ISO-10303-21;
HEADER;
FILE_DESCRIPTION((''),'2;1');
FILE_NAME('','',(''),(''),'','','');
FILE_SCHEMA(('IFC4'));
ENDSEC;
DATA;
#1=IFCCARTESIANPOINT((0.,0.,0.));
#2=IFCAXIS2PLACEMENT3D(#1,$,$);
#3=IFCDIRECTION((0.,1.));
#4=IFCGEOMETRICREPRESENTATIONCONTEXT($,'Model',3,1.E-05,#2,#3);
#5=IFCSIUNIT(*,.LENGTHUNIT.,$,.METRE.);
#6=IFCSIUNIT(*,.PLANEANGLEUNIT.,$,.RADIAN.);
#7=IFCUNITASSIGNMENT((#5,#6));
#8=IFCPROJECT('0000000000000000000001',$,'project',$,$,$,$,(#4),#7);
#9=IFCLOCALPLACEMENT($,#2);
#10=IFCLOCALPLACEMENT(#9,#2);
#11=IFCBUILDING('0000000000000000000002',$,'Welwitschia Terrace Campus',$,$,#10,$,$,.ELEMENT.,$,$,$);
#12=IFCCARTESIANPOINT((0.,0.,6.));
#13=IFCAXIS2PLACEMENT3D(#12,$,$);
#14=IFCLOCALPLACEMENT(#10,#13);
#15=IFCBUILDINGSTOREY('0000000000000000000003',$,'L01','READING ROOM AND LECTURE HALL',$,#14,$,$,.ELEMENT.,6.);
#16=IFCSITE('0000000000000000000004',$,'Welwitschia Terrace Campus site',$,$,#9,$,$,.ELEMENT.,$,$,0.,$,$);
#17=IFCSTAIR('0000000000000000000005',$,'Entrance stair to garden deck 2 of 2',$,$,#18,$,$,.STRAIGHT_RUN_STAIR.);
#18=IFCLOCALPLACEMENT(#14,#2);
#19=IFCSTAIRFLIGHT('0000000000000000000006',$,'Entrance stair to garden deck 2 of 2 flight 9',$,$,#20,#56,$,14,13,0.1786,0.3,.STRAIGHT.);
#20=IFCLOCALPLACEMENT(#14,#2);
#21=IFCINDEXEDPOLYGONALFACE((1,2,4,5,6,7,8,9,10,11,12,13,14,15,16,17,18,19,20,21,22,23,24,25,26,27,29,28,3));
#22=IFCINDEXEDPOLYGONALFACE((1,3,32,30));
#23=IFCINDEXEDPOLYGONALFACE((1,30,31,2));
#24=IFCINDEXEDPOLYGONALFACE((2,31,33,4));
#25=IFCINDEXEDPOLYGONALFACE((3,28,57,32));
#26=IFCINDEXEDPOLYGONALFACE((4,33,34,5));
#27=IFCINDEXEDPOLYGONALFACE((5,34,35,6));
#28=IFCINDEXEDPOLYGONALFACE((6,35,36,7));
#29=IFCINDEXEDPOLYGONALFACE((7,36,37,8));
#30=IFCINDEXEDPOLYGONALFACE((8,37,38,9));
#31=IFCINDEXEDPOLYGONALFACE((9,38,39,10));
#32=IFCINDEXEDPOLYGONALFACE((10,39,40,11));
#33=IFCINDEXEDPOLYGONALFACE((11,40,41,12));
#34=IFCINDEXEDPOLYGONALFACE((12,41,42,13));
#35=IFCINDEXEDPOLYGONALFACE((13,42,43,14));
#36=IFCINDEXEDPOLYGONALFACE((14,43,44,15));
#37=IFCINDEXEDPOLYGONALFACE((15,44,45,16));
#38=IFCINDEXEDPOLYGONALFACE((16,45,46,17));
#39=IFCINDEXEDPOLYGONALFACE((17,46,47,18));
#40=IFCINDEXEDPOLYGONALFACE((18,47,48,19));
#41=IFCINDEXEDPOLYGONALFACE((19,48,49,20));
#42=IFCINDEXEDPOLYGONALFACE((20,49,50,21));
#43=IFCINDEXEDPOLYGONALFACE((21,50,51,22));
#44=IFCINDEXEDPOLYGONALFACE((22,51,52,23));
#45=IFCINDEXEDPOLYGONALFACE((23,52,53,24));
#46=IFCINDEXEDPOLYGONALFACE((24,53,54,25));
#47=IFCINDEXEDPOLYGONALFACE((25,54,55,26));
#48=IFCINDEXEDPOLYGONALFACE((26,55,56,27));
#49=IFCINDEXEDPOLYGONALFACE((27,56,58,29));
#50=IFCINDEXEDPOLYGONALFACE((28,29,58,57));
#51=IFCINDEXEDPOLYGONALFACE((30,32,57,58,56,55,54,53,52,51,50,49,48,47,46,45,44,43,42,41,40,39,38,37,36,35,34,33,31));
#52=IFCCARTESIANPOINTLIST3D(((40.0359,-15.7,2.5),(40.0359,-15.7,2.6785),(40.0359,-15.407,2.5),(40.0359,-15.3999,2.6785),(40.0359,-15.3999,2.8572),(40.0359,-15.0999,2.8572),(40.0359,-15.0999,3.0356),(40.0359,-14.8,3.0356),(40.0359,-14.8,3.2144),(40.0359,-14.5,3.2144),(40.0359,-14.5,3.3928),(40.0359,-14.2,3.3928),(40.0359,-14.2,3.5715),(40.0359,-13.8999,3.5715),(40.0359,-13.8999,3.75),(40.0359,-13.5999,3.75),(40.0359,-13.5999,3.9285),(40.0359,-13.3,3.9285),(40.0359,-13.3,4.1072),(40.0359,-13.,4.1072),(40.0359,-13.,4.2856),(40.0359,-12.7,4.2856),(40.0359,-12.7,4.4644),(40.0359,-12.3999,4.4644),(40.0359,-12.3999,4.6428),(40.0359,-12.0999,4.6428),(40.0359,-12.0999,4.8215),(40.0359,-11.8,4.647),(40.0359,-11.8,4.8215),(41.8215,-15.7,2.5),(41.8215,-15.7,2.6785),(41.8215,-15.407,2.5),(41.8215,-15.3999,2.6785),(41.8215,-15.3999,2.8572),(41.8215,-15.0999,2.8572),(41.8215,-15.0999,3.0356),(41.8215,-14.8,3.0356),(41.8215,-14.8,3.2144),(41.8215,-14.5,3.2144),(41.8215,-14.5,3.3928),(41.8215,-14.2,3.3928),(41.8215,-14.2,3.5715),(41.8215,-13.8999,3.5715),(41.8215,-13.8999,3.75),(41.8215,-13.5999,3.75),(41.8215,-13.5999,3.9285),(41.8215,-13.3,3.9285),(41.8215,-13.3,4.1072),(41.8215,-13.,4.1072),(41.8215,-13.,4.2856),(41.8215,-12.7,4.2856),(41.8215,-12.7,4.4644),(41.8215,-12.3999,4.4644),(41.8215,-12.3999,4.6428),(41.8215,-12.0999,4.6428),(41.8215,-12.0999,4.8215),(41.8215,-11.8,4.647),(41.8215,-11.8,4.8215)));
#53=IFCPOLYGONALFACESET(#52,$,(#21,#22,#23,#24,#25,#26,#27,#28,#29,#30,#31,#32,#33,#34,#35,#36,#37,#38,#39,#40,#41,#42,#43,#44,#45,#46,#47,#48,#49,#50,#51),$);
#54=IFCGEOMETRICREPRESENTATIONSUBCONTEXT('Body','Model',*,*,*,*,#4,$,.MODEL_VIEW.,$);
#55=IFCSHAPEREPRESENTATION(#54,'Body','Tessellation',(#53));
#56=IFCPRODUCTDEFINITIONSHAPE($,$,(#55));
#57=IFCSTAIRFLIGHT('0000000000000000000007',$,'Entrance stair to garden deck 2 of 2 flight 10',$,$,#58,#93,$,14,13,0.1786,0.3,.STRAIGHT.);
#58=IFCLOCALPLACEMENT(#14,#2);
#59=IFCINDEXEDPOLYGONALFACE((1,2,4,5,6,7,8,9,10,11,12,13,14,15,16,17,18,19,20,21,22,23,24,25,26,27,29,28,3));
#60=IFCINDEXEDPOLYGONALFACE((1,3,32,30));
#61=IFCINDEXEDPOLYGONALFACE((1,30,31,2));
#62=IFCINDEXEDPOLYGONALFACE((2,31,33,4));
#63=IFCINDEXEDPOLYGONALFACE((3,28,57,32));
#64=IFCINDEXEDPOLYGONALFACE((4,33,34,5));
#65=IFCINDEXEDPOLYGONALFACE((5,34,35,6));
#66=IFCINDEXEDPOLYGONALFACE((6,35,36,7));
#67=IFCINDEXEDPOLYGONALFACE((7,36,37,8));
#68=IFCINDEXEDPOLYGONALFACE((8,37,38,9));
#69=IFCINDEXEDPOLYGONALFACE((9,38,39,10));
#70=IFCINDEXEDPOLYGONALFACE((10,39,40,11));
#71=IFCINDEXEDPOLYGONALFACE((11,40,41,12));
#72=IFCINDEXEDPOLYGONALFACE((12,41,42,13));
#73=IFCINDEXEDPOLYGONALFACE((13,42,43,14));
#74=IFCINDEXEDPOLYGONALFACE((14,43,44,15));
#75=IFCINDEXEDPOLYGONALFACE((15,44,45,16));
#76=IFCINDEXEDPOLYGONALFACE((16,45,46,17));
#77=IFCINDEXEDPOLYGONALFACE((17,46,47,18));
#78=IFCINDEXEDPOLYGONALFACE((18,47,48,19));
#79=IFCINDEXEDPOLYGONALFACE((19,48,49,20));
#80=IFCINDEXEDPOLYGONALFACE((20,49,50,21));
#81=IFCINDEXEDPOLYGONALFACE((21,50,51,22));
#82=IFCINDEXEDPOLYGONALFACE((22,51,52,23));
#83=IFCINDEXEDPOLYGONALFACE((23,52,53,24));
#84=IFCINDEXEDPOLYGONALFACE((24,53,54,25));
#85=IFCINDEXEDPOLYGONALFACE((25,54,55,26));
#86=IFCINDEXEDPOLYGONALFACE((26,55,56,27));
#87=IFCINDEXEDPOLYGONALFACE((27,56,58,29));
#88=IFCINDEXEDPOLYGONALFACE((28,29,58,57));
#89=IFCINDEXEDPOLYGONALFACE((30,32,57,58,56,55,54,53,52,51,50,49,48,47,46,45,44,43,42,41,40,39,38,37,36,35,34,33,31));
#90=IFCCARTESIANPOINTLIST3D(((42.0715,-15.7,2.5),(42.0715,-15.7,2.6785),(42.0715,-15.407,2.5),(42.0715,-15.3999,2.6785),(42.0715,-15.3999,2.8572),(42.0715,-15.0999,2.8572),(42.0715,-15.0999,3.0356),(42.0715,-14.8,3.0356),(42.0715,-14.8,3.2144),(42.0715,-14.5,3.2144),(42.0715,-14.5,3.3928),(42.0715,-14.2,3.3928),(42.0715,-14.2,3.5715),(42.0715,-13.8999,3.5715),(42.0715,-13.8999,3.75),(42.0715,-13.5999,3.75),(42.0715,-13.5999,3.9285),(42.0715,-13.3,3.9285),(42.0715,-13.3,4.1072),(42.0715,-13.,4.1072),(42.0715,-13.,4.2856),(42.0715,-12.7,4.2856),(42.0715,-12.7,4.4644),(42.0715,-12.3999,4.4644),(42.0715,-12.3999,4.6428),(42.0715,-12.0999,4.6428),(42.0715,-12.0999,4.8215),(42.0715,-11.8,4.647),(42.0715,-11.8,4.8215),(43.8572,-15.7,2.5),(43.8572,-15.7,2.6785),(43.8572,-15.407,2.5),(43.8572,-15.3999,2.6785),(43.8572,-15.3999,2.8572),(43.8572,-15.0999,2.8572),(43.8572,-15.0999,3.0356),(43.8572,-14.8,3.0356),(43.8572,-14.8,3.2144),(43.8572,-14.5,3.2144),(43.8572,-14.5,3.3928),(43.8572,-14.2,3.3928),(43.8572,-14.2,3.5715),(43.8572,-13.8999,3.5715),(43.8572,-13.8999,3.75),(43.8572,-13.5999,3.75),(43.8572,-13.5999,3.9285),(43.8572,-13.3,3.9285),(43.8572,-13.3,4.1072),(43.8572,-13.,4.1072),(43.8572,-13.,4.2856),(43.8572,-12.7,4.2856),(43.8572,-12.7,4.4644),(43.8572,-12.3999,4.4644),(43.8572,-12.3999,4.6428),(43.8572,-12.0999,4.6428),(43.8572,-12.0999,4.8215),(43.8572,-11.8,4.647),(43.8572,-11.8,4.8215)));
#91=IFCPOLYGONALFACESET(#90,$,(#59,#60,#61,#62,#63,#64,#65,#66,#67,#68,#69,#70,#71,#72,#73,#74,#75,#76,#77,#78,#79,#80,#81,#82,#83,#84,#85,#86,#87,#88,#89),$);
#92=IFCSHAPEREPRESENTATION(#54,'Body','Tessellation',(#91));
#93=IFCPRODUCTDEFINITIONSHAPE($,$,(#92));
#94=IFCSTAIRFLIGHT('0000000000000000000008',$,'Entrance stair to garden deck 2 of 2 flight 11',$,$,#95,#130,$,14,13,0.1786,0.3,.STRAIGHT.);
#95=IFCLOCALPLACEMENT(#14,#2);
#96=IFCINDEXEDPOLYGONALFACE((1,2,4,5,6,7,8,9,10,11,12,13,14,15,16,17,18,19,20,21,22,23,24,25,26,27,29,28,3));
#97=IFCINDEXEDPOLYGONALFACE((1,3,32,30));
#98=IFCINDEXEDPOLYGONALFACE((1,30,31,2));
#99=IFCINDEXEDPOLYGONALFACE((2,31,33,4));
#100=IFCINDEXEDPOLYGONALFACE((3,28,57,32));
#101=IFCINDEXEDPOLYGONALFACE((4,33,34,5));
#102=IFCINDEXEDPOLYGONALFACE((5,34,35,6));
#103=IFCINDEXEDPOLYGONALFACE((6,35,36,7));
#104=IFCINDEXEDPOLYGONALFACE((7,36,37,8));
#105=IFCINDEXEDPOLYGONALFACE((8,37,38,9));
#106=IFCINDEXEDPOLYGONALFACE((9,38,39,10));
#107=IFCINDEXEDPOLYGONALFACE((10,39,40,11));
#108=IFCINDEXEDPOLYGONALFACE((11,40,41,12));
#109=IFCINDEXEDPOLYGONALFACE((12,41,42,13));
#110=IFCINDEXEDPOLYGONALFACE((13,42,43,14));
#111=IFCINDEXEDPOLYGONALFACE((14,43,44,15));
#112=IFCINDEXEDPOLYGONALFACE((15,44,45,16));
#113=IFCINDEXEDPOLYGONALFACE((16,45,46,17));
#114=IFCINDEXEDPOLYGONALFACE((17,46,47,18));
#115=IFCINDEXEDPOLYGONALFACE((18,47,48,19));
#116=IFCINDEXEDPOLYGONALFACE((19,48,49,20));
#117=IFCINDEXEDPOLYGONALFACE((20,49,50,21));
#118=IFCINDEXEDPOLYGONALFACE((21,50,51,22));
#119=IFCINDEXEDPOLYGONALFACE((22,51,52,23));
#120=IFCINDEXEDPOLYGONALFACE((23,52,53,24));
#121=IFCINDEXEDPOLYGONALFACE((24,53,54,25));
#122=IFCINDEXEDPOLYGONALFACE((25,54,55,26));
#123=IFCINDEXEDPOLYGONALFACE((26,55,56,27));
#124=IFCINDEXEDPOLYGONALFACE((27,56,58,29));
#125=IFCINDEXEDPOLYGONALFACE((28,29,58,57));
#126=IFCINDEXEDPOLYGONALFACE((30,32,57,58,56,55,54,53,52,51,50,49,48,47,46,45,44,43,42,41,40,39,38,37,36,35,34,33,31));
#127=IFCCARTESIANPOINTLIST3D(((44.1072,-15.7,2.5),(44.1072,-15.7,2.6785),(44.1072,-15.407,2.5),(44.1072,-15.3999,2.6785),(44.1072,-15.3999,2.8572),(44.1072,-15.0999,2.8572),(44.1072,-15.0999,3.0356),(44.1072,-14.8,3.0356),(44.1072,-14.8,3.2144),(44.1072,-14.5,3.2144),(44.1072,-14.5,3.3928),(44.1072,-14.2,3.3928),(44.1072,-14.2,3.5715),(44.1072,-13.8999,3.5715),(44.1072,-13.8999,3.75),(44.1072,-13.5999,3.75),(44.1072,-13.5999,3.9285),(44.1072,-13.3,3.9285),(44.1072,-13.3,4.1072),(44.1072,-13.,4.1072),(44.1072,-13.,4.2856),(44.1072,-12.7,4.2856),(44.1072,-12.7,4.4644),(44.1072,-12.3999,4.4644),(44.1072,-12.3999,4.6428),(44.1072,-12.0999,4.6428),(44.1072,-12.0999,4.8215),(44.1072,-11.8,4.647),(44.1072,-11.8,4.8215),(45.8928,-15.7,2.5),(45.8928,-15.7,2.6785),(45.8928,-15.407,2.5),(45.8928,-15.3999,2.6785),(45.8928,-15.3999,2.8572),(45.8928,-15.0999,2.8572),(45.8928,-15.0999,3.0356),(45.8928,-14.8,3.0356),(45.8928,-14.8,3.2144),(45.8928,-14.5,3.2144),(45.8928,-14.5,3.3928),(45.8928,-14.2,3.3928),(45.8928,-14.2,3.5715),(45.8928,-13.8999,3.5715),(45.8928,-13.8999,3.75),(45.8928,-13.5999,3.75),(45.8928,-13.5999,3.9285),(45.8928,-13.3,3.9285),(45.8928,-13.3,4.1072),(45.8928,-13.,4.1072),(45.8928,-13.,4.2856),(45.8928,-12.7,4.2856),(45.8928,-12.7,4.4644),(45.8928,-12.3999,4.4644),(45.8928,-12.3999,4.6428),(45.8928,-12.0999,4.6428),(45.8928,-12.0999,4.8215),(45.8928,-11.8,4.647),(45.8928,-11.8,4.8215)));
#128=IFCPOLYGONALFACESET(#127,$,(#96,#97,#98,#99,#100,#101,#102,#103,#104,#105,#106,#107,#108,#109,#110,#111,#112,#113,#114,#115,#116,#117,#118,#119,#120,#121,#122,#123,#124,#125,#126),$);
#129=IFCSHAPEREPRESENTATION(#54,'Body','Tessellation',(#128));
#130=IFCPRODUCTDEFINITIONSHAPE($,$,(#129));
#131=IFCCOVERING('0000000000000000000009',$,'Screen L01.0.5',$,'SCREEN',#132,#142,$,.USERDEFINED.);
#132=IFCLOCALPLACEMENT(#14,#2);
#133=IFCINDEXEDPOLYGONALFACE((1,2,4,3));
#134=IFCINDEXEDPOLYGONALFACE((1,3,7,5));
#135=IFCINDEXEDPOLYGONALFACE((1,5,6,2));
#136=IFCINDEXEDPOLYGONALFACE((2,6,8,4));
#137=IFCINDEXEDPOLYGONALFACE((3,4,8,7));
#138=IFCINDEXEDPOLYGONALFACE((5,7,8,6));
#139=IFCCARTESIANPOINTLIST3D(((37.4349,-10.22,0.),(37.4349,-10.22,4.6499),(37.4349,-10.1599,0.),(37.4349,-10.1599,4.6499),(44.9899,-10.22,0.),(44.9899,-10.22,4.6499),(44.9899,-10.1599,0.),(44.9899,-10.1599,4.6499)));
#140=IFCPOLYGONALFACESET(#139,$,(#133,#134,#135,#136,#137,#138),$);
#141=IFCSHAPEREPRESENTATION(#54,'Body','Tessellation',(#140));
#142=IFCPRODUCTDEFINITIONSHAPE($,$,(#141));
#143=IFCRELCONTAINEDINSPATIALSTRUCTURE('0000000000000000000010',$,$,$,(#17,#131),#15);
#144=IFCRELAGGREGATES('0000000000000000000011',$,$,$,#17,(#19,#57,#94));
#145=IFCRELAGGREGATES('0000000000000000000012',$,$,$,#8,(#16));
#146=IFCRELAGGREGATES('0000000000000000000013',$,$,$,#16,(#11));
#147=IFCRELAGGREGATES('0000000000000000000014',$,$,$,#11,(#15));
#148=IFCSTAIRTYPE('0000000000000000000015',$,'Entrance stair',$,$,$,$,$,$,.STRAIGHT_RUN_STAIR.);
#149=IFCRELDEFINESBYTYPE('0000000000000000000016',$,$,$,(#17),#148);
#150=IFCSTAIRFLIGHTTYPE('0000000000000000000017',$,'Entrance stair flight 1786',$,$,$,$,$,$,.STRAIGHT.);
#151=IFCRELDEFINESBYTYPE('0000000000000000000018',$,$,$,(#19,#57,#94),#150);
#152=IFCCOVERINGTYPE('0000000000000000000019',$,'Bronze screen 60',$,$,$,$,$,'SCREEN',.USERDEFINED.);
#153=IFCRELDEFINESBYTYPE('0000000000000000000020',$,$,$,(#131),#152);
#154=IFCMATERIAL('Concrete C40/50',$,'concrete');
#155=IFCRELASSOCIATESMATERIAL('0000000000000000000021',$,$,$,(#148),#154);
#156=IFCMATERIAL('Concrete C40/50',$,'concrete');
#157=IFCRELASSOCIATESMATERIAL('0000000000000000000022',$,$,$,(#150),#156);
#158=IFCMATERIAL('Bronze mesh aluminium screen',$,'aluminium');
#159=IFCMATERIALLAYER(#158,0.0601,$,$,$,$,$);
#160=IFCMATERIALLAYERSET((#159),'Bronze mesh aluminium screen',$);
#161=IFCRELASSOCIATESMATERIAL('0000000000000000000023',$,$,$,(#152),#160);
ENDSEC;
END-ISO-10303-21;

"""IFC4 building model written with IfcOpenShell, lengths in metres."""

from ifc_helpers import new_model, si_unit, direction, frame, origin, origin_2d, place, context, subcontext, project, spatial, polyline, rectangle, outline, extrude, material, layer, layer_set, type_object, element, aggregate, save


model = new_model("IFC4")

# Units and contexts
model_context = context("Model", 3, precision=1e-05, world=origin(), true_north=direction((0.0, 1.0)))
body_context = subcontext(model_context, "Body", "Model", "MODEL_VIEW")
ifc_project = project(units=[si_unit("LENGTHUNIT", "METRE"), si_unit("PLANEANGLEUNIT", "RADIAN")], contexts=[model_context])

# Site, building, storey
site_placement = place(None, origin())
site = spatial("IfcSite", under=ifc_project, at=site_placement, Name="Welwitschia Terrace Campus site", CompositionType="ELEMENT", RefElevation=0.0)
building_placement = place(site_placement, origin())
building = spatial("IfcBuilding", under=site, at=building_placement, Name="Welwitschia Terrace Campus", CompositionType="ELEMENT")
storey_placement = place(building_placement, frame((0.0, 0.0, 6.0)))
storey = spatial("IfcBuildingStorey", under=building, at=storey_placement, Name="L01", Description="READING ROOM AND LECTURE HALL", CompositionType="ELEMENT", Elevation=6.0)

# Stair, stair flights
ifc_material_1 = material(Name="Concrete C40/50", Category="concrete")
stair_type = type_object("IfcStairType", Name="Entrance stair", PredefinedType="STRAIGHT_RUN_STAIR", material=ifc_material_1)
stair_placement = place(storey_placement, origin())
stair = element("IfcStair", 1, at=stair_placement, inside=storey, type_object=stair_type, Name="Entrance stair to garden deck 2 of 2", PredefinedType="STRAIGHT_RUN_STAIR")
ifc_material_2 = material(Name="Concrete C40/50", Category="concrete")
stair_flight_type = type_object("IfcStairFlightType", Name="Entrance stair flight 1786", PredefinedType="STRAIGHT", material=ifc_material_2)
stair_flight_1_placement = place(storey_placement, frame((40.9287, -15.7, 2.5), z_axis=(0.0, 0.0, 1.0), x_axis=(0.0, 1.0, 0.0)))
stair_flight_1 = element("IfcStairFlight", 2, at=stair_flight_1_placement, type_object=stair_flight_type, Name="Entrance stair to garden deck 2 of 2 flight 9", NumberOfRisers=14, NumberOfTreads=13, PredefinedType="STRAIGHT", RiserHeight=0.1786, TreadLength=0.3, context=body_context, shape_type="SweptSolid", body=[
    extrude(outline(polyline([(0.0, 0.0), (0.0, 0.1785), (0.3, 0.1785), (0.3, 0.3572), (0.6001, 0.3572), (0.6001, 0.5356), (0.8999, 0.5356), (0.8999, 0.7144), (1.2, 0.7144), (1.2, 0.8928), (1.5, 0.8928), (1.5, 1.0715), (1.8, 1.0715), (1.8, 1.25), (2.1001, 1.25), (2.1001, 1.4285), (2.3999, 1.4285), (2.3999, 1.6072), (2.7, 1.6072), (2.7, 1.7856), (3.0, 1.7856), (3.0, 1.9644), (3.3, 1.9644), (3.3, 2.1428), (3.6001, 2.1428), (3.6001, 2.3215), (3.8999, 2.3215), (3.8999, 2.5), (3.8999, 2.147), (0.293, 0.0), (0.0, 0.0)])), frame((0.0, 0.8928, 0.0), z_axis=(0.0, -1.0, 0.0), x_axis=(1.0, 0.0, 0.0)), (0.0, 0.0, 1.0), 1.7856),
])
stair_flight_2_placement = place(storey_placement, frame((42.9644, -15.7, 2.5), z_axis=(0.0, 0.0, 1.0), x_axis=(0.0, 1.0, 0.0)))
stair_flight_2 = element("IfcStairFlight", 3, at=stair_flight_2_placement, type_object=stair_flight_type, Name="Entrance stair to garden deck 2 of 2 flight 10", NumberOfRisers=14, NumberOfTreads=13, PredefinedType="STRAIGHT", RiserHeight=0.1786, TreadLength=0.3, context=body_context, shape_type="SweptSolid", body=[
    extrude(outline(polyline([(0.0, 0.0), (0.0, 0.1785), (0.3, 0.1785), (0.3, 0.3572), (0.6001, 0.3572), (0.6001, 0.5356), (0.8999, 0.5356), (0.8999, 0.7144), (1.2, 0.7144), (1.2, 0.8928), (1.5, 0.8928), (1.5, 1.0715), (1.8, 1.0715), (1.8, 1.25), (2.1001, 1.25), (2.1001, 1.4285), (2.3999, 1.4285), (2.3999, 1.6072), (2.7, 1.6072), (2.7, 1.7856), (3.0, 1.7856), (3.0, 1.9644), (3.3, 1.9644), (3.3, 2.1428), (3.6001, 2.1428), (3.6001, 2.3215), (3.8999, 2.3215), (3.8999, 2.5), (3.8999, 2.147), (0.293, 0.0), (0.0, 0.0)])), frame((0.0, 0.8928, 0.0), z_axis=(0.0, -1.0, 0.0), x_axis=(1.0, 0.0, 0.0)), (0.0, 0.0, 1.0), 1.7856),
])
stair_flight_3_placement = place(storey_placement, frame((45.0, -15.7, 2.5), z_axis=(0.0, 0.0, 1.0), x_axis=(0.0, 1.0, 0.0)))
stair_flight_3 = element("IfcStairFlight", 4, at=stair_flight_3_placement, type_object=stair_flight_type, Name="Entrance stair to garden deck 2 of 2 flight 11", NumberOfRisers=14, NumberOfTreads=13, PredefinedType="STRAIGHT", RiserHeight=0.1786, TreadLength=0.3, context=body_context, shape_type="SweptSolid", body=[
    extrude(outline(polyline([(0.0, 0.0), (0.0, 0.1785), (0.3, 0.1785), (0.3, 0.3572), (0.6001, 0.3572), (0.6001, 0.5356), (0.8999, 0.5356), (0.8999, 0.7144), (1.2, 0.7144), (1.2, 0.8928), (1.5, 0.8928), (1.5, 1.0715), (1.8, 1.0715), (1.8, 1.25), (2.1001, 1.25), (2.1001, 1.4285), (2.3999, 1.4285), (2.3999, 1.6072), (2.7, 1.6072), (2.7, 1.7856), (3.0, 1.7856), (3.0, 1.9644), (3.3, 1.9644), (3.3, 2.1428), (3.6001, 2.1428), (3.6001, 2.3215), (3.8999, 2.3215), (3.8999, 2.5), (3.8999, 2.147), (0.293, 0.0), (0.0, 0.0)])), frame((0.0, 0.8928, 0.0), z_axis=(0.0, -1.0, 0.0), x_axis=(1.0, 0.0, 0.0)), (0.0, 0.0, 1.0), 1.7856),
])
aggregate(stair, [stair_flight_1, stair_flight_2, stair_flight_3])

# Covering
ifc_material_3 = material(Name="Bronze mesh aluminium screen", Category="aluminium")
ifc_layer_1 = layer(ifc_material_3, 0.0601)
ifc_layer_set_1 = layer_set([ifc_layer_1], Name="Bronze mesh aluminium screen")
covering_type = type_object("IfcCoveringType", Name="Bronze screen 60", ElementType="SCREEN", PredefinedType="USERDEFINED", material=ifc_layer_set_1)
covering_placement = place(storey_placement, frame((41.2124, -10.1899, 0.0), z_axis=(0.0, 0.0, 1.0), x_axis=(1.0, 0.0, 0.0)))
element("IfcCovering", 5, at=covering_placement, inside=storey, type_object=covering_type, Name="Screen L01.0.5", ObjectType="SCREEN", PredefinedType="USERDEFINED", context=body_context, shape_type="SweptSolid", body=[
    extrude(rectangle(XDim=7.5549, YDim=0.0601, at=origin_2d()), origin(), (0.0, 0.0, 1.0), 4.6499),
])

save(model, "model.ifc")
